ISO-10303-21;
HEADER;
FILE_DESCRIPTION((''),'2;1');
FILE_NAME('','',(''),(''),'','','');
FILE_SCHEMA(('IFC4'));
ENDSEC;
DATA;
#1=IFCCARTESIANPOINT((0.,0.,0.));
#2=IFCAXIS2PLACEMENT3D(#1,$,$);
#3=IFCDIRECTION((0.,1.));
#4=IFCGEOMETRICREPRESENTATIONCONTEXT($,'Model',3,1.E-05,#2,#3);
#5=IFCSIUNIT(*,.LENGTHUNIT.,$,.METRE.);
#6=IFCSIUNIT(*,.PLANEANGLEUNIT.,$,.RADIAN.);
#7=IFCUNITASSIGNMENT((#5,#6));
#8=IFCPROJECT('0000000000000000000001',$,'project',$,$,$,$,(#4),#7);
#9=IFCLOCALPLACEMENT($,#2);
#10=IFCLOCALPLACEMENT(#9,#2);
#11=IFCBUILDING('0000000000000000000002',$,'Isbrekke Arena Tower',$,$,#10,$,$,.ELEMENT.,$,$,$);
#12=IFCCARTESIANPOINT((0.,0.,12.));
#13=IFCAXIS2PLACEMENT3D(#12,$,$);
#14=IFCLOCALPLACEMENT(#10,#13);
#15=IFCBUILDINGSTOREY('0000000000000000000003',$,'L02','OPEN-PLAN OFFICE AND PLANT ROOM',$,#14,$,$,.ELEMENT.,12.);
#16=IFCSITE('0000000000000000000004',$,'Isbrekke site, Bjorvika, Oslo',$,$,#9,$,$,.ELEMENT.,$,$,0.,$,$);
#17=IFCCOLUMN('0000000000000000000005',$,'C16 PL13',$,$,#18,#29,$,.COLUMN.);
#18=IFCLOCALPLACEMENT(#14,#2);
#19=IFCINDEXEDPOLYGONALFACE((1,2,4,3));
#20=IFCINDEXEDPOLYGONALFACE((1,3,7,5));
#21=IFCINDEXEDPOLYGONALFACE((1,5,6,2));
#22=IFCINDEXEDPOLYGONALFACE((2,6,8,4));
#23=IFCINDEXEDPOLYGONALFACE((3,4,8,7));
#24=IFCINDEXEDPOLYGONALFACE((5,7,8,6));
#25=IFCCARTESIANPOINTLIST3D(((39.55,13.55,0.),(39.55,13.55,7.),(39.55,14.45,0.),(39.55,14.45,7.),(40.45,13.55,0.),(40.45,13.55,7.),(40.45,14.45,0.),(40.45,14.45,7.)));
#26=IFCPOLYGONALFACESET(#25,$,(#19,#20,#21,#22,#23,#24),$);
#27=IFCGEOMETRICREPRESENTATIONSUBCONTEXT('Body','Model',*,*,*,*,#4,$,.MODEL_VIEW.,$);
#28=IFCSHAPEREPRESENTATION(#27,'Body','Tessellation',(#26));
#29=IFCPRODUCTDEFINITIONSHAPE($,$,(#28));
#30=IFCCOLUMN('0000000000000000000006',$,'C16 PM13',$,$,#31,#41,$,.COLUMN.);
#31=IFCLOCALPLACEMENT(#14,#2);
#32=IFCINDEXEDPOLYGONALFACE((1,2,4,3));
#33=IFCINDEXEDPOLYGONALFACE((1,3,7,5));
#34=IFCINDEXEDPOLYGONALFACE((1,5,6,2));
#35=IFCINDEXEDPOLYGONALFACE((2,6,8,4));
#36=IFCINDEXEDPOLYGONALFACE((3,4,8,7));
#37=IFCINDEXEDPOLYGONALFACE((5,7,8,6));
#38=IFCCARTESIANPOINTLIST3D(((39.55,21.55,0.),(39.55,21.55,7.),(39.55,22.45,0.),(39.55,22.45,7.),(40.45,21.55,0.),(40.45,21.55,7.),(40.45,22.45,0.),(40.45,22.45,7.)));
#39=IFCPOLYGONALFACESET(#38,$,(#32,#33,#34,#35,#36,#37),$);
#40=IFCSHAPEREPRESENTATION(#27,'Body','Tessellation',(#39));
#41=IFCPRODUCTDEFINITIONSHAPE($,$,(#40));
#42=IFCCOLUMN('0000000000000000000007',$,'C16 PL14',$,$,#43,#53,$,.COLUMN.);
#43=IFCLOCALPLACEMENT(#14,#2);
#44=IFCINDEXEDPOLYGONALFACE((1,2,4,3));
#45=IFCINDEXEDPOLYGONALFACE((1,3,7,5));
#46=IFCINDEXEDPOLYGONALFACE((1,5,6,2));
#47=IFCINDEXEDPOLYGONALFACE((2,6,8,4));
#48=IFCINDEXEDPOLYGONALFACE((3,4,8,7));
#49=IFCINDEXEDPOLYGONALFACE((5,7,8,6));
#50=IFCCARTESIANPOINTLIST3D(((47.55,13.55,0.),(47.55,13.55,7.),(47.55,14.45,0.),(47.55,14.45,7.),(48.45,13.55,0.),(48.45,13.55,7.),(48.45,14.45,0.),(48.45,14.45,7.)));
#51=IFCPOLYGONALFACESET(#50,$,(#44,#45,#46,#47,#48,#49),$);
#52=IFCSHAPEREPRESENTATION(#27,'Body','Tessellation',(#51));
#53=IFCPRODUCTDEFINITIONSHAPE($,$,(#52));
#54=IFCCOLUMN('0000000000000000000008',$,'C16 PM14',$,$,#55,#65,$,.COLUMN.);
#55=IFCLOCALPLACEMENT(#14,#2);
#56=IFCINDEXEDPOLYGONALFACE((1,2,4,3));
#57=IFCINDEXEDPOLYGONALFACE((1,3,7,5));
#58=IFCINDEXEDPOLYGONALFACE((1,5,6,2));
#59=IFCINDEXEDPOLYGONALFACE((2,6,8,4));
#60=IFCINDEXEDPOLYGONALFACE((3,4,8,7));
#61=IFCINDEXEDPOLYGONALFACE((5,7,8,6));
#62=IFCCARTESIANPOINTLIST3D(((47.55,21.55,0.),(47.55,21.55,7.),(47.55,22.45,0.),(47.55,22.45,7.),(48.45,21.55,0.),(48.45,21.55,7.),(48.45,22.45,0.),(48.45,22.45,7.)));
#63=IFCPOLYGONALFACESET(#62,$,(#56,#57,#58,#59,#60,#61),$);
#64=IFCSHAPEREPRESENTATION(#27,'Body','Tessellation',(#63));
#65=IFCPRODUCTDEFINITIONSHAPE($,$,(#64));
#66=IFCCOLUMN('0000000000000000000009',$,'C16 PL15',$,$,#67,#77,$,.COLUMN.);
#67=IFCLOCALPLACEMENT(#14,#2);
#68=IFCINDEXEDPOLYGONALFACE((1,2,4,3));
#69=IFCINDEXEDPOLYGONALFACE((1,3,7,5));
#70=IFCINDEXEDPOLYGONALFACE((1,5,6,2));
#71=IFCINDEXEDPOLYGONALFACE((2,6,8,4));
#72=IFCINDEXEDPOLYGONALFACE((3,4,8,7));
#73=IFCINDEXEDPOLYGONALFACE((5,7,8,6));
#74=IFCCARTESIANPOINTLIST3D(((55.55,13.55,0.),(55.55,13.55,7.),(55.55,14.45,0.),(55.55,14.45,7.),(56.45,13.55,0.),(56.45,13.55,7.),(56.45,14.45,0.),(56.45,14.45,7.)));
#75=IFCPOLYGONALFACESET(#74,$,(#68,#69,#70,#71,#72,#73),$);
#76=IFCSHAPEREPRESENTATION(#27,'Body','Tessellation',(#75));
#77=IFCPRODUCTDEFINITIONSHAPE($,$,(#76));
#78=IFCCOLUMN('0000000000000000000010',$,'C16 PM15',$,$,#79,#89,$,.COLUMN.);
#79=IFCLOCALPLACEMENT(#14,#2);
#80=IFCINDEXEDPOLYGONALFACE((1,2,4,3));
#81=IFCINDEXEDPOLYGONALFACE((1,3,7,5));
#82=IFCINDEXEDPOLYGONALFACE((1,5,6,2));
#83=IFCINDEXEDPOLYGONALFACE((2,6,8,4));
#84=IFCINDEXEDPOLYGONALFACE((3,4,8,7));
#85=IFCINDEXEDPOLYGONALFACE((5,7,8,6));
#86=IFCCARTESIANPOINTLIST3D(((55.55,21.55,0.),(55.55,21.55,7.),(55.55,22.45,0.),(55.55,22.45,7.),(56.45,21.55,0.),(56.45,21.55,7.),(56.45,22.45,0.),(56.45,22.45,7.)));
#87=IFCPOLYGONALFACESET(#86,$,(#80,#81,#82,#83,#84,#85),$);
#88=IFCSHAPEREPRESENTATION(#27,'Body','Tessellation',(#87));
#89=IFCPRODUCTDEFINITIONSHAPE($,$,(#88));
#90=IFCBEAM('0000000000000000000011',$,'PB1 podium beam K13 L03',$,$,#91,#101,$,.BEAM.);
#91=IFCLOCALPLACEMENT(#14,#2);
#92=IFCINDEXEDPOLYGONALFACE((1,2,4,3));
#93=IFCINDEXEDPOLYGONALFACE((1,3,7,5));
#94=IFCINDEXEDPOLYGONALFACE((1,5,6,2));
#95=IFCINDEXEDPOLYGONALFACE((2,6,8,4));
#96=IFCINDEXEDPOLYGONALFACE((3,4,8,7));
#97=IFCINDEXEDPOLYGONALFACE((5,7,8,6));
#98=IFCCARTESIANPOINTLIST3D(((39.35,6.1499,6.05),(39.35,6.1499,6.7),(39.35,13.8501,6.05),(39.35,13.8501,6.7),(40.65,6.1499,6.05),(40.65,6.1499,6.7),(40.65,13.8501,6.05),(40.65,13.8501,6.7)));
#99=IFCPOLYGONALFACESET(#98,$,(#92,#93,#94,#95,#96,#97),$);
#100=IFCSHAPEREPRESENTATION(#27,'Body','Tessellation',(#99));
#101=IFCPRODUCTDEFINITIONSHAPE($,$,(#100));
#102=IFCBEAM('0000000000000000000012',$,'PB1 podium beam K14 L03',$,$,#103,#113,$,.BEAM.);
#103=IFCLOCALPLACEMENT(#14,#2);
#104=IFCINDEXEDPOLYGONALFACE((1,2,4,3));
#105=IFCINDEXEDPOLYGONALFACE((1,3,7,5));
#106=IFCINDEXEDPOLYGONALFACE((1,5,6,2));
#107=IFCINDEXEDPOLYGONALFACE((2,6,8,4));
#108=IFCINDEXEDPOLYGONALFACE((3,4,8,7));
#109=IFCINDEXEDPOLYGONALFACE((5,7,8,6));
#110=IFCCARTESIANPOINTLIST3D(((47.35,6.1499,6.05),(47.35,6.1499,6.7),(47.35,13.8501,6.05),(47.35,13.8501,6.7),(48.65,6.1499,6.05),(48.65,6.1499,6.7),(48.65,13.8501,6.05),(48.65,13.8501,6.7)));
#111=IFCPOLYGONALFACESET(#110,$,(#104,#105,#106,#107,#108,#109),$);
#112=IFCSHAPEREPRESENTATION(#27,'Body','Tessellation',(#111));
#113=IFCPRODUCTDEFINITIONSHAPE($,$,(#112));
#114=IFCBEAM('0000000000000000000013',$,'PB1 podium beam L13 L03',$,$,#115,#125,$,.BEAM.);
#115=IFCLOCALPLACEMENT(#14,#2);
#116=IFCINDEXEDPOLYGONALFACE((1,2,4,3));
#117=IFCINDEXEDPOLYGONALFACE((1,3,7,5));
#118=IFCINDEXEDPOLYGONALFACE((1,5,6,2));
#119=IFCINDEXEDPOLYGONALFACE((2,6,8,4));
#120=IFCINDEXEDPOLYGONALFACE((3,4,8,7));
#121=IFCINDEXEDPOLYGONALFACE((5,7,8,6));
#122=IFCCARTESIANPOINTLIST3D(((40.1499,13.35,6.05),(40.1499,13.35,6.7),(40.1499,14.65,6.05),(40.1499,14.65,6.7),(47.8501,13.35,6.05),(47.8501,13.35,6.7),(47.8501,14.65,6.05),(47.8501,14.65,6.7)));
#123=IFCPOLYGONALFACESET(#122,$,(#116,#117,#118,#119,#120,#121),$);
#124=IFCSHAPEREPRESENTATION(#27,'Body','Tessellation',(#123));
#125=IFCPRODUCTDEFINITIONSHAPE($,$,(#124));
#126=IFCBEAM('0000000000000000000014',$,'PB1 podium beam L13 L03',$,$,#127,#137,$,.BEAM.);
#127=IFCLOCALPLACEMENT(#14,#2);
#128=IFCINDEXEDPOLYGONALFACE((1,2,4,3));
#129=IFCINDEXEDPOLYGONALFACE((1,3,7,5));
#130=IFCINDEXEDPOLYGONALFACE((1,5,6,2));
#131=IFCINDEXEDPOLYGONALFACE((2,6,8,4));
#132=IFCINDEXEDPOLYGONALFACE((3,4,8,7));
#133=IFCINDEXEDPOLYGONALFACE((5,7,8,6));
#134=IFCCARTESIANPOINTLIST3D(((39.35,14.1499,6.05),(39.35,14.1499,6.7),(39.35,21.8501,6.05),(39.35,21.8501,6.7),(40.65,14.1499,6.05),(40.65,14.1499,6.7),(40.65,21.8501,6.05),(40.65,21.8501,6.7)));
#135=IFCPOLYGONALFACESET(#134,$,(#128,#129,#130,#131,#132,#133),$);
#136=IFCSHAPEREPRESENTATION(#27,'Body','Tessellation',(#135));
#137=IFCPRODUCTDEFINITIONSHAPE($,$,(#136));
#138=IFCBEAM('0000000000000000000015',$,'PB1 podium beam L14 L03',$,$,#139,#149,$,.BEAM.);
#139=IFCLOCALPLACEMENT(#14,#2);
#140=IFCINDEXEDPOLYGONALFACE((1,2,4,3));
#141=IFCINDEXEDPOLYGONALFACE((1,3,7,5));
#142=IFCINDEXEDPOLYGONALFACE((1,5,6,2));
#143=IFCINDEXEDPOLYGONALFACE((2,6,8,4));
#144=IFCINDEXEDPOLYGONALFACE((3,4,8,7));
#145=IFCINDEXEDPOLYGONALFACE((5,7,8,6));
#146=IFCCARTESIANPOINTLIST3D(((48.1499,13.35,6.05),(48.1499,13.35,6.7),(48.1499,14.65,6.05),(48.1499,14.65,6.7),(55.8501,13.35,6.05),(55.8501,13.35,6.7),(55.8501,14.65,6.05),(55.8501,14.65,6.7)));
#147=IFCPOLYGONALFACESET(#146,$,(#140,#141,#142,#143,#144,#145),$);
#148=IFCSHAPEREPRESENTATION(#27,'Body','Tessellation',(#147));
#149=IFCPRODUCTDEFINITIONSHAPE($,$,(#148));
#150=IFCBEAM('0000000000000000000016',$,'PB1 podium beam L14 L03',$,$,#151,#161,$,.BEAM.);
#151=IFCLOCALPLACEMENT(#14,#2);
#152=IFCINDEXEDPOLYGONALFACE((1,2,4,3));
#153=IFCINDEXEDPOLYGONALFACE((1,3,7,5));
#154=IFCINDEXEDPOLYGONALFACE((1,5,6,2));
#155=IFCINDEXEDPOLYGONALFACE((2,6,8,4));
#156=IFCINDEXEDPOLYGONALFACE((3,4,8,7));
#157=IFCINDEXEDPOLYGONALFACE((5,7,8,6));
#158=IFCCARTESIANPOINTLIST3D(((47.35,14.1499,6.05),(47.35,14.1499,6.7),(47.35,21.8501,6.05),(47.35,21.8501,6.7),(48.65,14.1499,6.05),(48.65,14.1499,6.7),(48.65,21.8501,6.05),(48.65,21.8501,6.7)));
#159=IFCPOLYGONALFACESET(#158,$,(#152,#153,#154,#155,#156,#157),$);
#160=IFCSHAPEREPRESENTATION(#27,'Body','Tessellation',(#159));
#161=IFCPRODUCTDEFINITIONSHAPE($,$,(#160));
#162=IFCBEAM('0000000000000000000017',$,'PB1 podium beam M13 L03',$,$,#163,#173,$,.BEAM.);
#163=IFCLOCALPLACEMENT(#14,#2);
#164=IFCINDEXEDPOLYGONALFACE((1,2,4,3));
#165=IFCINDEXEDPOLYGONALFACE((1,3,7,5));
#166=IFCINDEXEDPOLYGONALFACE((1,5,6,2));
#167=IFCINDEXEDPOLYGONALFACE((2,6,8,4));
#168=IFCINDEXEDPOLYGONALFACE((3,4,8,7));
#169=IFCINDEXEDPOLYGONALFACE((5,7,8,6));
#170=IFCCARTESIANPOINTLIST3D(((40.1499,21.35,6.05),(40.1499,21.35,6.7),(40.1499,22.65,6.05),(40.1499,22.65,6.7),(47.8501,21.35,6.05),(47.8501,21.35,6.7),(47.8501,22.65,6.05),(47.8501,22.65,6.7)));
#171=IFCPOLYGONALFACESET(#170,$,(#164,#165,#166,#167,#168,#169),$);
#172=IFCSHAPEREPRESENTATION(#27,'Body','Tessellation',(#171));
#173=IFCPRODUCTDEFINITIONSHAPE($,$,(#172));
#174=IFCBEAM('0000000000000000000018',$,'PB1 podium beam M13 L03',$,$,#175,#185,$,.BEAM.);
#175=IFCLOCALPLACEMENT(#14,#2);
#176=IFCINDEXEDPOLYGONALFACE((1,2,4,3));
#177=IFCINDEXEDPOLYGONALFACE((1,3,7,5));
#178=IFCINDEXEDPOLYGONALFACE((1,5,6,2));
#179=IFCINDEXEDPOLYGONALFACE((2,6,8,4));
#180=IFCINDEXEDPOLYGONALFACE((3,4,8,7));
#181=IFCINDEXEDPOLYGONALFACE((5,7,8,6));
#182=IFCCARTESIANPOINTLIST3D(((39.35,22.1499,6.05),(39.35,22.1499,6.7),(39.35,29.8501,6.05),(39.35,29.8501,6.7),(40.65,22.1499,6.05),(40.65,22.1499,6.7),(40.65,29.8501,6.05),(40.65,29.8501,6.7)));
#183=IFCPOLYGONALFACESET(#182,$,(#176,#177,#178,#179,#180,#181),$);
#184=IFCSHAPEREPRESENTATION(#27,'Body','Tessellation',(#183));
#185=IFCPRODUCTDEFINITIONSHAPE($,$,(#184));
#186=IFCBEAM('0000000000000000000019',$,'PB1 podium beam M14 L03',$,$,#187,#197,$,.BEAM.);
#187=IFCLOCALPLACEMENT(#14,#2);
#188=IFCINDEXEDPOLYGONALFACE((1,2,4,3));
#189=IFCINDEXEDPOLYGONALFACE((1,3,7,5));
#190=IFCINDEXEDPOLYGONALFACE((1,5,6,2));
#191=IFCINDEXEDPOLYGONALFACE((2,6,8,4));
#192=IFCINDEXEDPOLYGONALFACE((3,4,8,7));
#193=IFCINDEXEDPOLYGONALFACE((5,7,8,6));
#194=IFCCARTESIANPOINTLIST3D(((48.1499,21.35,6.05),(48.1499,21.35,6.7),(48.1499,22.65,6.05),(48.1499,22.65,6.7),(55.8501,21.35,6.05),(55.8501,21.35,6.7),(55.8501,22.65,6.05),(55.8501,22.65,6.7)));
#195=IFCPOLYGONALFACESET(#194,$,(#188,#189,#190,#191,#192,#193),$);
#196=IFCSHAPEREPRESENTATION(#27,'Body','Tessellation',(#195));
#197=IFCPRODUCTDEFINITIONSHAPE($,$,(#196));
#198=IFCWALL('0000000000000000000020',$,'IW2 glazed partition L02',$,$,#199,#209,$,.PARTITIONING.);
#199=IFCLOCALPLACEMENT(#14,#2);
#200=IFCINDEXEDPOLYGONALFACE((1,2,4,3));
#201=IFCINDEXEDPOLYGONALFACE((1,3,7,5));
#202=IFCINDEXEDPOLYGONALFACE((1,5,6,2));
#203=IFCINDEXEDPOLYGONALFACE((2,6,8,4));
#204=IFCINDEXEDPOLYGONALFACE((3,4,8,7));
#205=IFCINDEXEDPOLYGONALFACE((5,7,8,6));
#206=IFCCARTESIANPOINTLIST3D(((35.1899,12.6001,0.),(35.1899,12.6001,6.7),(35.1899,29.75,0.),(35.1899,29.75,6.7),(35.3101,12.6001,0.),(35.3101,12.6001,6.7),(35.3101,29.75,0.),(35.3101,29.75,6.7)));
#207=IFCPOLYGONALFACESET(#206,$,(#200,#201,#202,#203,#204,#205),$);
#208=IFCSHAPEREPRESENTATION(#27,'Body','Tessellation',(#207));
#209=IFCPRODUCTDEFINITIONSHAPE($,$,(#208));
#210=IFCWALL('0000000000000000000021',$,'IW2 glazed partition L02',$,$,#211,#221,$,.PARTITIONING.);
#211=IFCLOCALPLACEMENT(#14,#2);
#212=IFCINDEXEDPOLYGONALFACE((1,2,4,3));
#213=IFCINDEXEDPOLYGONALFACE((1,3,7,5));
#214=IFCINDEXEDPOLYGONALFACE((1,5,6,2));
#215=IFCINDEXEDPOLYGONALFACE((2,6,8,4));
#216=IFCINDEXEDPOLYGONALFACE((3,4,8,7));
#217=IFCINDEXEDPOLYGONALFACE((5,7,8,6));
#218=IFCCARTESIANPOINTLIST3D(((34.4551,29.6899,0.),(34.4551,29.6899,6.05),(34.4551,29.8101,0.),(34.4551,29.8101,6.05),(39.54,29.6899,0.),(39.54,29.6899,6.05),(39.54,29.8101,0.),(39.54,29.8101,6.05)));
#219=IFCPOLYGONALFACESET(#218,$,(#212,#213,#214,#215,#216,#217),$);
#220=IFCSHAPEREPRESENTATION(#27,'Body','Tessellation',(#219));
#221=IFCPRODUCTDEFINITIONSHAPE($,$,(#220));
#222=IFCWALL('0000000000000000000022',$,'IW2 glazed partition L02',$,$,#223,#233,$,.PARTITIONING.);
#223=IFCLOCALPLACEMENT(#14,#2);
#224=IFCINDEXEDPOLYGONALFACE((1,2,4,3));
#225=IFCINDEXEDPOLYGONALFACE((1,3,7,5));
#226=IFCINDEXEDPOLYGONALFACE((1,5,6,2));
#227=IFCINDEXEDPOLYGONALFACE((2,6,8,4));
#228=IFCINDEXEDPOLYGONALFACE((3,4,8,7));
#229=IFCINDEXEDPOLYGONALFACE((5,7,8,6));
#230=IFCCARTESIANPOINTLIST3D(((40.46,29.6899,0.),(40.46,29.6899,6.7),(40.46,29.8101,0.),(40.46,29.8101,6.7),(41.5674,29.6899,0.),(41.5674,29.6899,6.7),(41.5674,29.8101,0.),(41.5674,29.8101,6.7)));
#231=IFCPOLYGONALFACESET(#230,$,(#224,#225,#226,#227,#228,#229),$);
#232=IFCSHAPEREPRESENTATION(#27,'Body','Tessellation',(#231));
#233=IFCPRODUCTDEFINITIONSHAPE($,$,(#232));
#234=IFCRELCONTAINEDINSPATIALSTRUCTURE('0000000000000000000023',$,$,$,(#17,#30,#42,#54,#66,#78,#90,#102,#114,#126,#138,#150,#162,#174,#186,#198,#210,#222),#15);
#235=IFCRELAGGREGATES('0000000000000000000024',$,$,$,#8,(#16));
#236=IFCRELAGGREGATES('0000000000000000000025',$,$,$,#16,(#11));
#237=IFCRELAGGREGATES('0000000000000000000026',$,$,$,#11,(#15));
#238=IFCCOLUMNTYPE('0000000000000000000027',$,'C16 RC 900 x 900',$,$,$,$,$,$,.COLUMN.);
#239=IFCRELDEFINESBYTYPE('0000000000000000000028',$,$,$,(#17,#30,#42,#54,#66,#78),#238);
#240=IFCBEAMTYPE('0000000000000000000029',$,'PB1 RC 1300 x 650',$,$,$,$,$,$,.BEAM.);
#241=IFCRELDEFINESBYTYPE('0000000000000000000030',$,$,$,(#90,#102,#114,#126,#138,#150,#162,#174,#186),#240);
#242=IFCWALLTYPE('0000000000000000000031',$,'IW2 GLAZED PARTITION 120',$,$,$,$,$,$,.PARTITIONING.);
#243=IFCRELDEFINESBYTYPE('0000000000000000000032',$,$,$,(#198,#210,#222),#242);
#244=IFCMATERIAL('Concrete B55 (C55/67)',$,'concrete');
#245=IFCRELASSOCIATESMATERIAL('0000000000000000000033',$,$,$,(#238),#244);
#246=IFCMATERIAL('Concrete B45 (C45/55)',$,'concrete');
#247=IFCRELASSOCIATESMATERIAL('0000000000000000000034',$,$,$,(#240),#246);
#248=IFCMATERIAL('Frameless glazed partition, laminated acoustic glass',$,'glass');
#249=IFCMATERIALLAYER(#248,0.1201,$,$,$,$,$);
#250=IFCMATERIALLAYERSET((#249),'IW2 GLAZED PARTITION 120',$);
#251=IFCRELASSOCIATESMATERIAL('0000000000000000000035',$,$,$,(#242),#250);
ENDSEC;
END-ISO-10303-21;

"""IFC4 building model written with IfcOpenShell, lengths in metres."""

from ifc_helpers import new_model, si_unit, direction, frame, frame_2d, origin, origin_2d, place, context, subcontext, project, spatial, rectangle, extrude, material, layer, layer_set, material_profile, profile_set, type_object, element, save


model = new_model("IFC4")

# Units and contexts
model_context = context("Model", 3, precision=1e-05, world=origin(), true_north=direction((0.0, 1.0)))
body_context = subcontext(model_context, "Body", "Model", "MODEL_VIEW")
ifc_project = project(units=[si_unit("LENGTHUNIT", "METRE"), si_unit("PLANEANGLEUNIT", "RADIAN")], contexts=[model_context])

# Site, building, storey
site_placement = place(None, origin())
site = spatial("IfcSite", under=ifc_project, at=site_placement, Name="Isbrekke site, Bjorvika, Oslo", CompositionType="ELEMENT", RefElevation=0.0)
building_placement = place(site_placement, origin())
building = spatial("IfcBuilding", under=site, at=building_placement, Name="Isbrekke Arena Tower", CompositionType="ELEMENT")
storey_placement = place(building_placement, frame((0.0, 0.0, 12.0)))
storey = spatial("IfcBuildingStorey", under=building, at=storey_placement, Name="L02", Description="OPEN-PLAN OFFICE AND PLANT ROOM", CompositionType="ELEMENT", Elevation=12.0)

# Columns
ifc_material_1 = material(Name="Concrete B55 (C55/67)", Category="concrete")
ifc_material_profile_1 = material_profile(ifc_material_1, rectangle(XDim=0.8999, YDim=0.8999, at=origin_2d()), Name="RC 900x900")
ifc_profile_set_1 = profile_set([ifc_material_profile_1], Name="Concrete B55 (C55/67)")
column_type = type_object("IfcColumnType", Name="C16 RC 900 x 900", PredefinedType="COLUMN", material=ifc_profile_set_1)
for number, where, z_axis, x_axis, name in (
    (1, (40.0, 14.0, 0.0), (0.0, 0.0, 1.0), (1.0, 0.0, 0.0), "C16 PL13"),
    (2, (40.0, 22.0, 0.0), (0.0, 0.0, 1.0), (1.0, 0.0, 0.0), "C16 PM13"),
    (3, (48.0, 14.0, 0.0), (0.0, 0.0, 1.0), (1.0, 0.0, 0.0), "C16 PL14"),
    (4, (48.0, 22.0, 0.0), (0.0, 0.0, 1.0), (1.0, 0.0, 0.0), "C16 PM14"),
    (5, (56.0, 14.0, 0.0), (0.0, 0.0, 1.0), (1.0, 0.0, 0.0), "C16 PL15"),
    (6, (56.0, 22.0, 0.0), (0.0, 0.0, 1.0), (1.0, 0.0, 0.0), "C16 PM15"),
):
    element("IfcColumn", number, at=place(storey_placement, frame(where, z_axis=z_axis, x_axis=x_axis)), inside=storey, type_object=column_type, Name=name, PredefinedType="COLUMN", context=body_context, shape_type="SweptSolid", body=[
        extrude(rectangle(XDim=0.8999, YDim=0.8999, at=origin_2d()), origin(), (0.0, 0.0, 1.0), 7.0),
    ])

# Beams
ifc_material_2 = material(Name="Concrete B45 (C45/55)", Category="concrete")
ifc_material_profile_2 = material_profile(ifc_material_2, rectangle(XDim=1.3, YDim=0.6499, at=origin_2d()), Name="RC 1300x650")
ifc_profile_set_2 = profile_set([ifc_material_profile_2], Name="Concrete B45 (C45/55)")
beam_type = type_object("IfcBeamType", Name="PB1 RC 1300 x 650", PredefinedType="BEAM", material=ifc_profile_set_2)
for number, where, z_axis, x_axis, name in (
    (7, (40.0, 6.1499, 6.375), (0.0, 1.0, 0.0), (-1.0, 0.0, 0.0), "PB1 podium beam K13 L03"),
    (8, (48.0, 6.1499, 6.375), (0.0, 1.0, 0.0), (-1.0, 0.0, 0.0), "PB1 podium beam K14 L03"),
    (9, (40.1499, 14.0, 6.375), (1.0, 0.0, 0.0), (0.0, 1.0, 0.0), "PB1 podium beam L13 L03"),
    (10, (40.0, 14.1499, 6.375), (0.0, 1.0, 0.0), (-1.0, 0.0, 0.0), "PB1 podium beam L13 L03"),
    (11, (48.1499, 14.0, 6.375), (1.0, 0.0, 0.0), (0.0, 1.0, 0.0), "PB1 podium beam L14 L03"),
    (12, (48.0, 14.1499, 6.375), (0.0, 1.0, 0.0), (-1.0, 0.0, 0.0), "PB1 podium beam L14 L03"),
    (13, (40.1499, 22.0, 6.375), (1.0, 0.0, 0.0), (0.0, 1.0, 0.0), "PB1 podium beam M13 L03"),
    (14, (40.0, 22.1499, 6.375), (0.0, 1.0, 0.0), (-1.0, 0.0, 0.0), "PB1 podium beam M13 L03"),
    (15, (48.1499, 22.0, 6.375), (1.0, 0.0, 0.0), (0.0, 1.0, 0.0), "PB1 podium beam M14 L03"),
):
    element("IfcBeam", number, at=place(storey_placement, frame(where, z_axis=z_axis, x_axis=x_axis)), inside=storey, type_object=beam_type, Name=name, PredefinedType="BEAM", context=body_context, shape_type="SweptSolid", body=[
        extrude(rectangle(XDim=1.3, YDim=0.6499, at=origin_2d()), origin(), (0.0, 0.0, 1.0), 7.7002),
    ])

# Walls
ifc_material_3 = material(Name="Frameless glazed partition, laminated acoustic glass", Category="glass")
ifc_layer = layer(ifc_material_3, 0.1201)
ifc_layer_set = layer_set([ifc_layer], Name="IW2 GLAZED PARTITION 120")
wall_type = type_object("IfcWallType", Name="IW2 GLAZED PARTITION 120", PredefinedType="PARTITIONING", material=ifc_layer_set)
wall_1_placement = place(storey_placement, frame((35.25, 12.6001, 0.0), z_axis=(0.0, 0.0, 1.0), x_axis=(0.0, 1.0, 0.0)))
element("IfcWall", 16, at=wall_1_placement, inside=storey, type_object=wall_type, Name="IW2 glazed partition L02", PredefinedType="PARTITIONING", context=body_context, shape_type="SweptSolid", body=[
    extrude(rectangle(XDim=17.1499, YDim=0.1201, at=frame_2d((8.575, 0.0))), origin(), (0.0, 0.0, 1.0), 6.7),
])
wall_2_placement = place(storey_placement, frame((34.4551, 29.75, 0.0), z_axis=(0.0, 0.0, 1.0), x_axis=(1.0, 0.0, 0.0)))
element("IfcWall", 17, at=wall_2_placement, inside=storey, type_object=wall_type, Name="IW2 glazed partition L02", PredefinedType="PARTITIONING", context=body_context, shape_type="SweptSolid", body=[
    extrude(rectangle(XDim=5.085, YDim=0.1201, at=frame_2d((2.5425, 0.0))), origin(), (0.0, 0.0, 1.0), 6.05),
])
for number, where, z_axis, x_axis, name in (
    (18, (40.46, 29.75, 0.0), (0.0, 0.0, 1.0), (1.0, 0.0, 0.0), "IW2 glazed partition L02"),
):
    element("IfcWall", number, at=place(storey_placement, frame(where, z_axis=z_axis, x_axis=x_axis)), inside=storey, type_object=wall_type, Name=name, PredefinedType="PARTITIONING", context=body_context, shape_type="SweptSolid", body=[
        extrude(rectangle(XDim=1.1074, YDim=0.1201, at=frame_2d((0.5537, 0.0))), origin(), (0.0, 0.0, 1.0), 6.7),
    ])

save(model, "model.ifc")
